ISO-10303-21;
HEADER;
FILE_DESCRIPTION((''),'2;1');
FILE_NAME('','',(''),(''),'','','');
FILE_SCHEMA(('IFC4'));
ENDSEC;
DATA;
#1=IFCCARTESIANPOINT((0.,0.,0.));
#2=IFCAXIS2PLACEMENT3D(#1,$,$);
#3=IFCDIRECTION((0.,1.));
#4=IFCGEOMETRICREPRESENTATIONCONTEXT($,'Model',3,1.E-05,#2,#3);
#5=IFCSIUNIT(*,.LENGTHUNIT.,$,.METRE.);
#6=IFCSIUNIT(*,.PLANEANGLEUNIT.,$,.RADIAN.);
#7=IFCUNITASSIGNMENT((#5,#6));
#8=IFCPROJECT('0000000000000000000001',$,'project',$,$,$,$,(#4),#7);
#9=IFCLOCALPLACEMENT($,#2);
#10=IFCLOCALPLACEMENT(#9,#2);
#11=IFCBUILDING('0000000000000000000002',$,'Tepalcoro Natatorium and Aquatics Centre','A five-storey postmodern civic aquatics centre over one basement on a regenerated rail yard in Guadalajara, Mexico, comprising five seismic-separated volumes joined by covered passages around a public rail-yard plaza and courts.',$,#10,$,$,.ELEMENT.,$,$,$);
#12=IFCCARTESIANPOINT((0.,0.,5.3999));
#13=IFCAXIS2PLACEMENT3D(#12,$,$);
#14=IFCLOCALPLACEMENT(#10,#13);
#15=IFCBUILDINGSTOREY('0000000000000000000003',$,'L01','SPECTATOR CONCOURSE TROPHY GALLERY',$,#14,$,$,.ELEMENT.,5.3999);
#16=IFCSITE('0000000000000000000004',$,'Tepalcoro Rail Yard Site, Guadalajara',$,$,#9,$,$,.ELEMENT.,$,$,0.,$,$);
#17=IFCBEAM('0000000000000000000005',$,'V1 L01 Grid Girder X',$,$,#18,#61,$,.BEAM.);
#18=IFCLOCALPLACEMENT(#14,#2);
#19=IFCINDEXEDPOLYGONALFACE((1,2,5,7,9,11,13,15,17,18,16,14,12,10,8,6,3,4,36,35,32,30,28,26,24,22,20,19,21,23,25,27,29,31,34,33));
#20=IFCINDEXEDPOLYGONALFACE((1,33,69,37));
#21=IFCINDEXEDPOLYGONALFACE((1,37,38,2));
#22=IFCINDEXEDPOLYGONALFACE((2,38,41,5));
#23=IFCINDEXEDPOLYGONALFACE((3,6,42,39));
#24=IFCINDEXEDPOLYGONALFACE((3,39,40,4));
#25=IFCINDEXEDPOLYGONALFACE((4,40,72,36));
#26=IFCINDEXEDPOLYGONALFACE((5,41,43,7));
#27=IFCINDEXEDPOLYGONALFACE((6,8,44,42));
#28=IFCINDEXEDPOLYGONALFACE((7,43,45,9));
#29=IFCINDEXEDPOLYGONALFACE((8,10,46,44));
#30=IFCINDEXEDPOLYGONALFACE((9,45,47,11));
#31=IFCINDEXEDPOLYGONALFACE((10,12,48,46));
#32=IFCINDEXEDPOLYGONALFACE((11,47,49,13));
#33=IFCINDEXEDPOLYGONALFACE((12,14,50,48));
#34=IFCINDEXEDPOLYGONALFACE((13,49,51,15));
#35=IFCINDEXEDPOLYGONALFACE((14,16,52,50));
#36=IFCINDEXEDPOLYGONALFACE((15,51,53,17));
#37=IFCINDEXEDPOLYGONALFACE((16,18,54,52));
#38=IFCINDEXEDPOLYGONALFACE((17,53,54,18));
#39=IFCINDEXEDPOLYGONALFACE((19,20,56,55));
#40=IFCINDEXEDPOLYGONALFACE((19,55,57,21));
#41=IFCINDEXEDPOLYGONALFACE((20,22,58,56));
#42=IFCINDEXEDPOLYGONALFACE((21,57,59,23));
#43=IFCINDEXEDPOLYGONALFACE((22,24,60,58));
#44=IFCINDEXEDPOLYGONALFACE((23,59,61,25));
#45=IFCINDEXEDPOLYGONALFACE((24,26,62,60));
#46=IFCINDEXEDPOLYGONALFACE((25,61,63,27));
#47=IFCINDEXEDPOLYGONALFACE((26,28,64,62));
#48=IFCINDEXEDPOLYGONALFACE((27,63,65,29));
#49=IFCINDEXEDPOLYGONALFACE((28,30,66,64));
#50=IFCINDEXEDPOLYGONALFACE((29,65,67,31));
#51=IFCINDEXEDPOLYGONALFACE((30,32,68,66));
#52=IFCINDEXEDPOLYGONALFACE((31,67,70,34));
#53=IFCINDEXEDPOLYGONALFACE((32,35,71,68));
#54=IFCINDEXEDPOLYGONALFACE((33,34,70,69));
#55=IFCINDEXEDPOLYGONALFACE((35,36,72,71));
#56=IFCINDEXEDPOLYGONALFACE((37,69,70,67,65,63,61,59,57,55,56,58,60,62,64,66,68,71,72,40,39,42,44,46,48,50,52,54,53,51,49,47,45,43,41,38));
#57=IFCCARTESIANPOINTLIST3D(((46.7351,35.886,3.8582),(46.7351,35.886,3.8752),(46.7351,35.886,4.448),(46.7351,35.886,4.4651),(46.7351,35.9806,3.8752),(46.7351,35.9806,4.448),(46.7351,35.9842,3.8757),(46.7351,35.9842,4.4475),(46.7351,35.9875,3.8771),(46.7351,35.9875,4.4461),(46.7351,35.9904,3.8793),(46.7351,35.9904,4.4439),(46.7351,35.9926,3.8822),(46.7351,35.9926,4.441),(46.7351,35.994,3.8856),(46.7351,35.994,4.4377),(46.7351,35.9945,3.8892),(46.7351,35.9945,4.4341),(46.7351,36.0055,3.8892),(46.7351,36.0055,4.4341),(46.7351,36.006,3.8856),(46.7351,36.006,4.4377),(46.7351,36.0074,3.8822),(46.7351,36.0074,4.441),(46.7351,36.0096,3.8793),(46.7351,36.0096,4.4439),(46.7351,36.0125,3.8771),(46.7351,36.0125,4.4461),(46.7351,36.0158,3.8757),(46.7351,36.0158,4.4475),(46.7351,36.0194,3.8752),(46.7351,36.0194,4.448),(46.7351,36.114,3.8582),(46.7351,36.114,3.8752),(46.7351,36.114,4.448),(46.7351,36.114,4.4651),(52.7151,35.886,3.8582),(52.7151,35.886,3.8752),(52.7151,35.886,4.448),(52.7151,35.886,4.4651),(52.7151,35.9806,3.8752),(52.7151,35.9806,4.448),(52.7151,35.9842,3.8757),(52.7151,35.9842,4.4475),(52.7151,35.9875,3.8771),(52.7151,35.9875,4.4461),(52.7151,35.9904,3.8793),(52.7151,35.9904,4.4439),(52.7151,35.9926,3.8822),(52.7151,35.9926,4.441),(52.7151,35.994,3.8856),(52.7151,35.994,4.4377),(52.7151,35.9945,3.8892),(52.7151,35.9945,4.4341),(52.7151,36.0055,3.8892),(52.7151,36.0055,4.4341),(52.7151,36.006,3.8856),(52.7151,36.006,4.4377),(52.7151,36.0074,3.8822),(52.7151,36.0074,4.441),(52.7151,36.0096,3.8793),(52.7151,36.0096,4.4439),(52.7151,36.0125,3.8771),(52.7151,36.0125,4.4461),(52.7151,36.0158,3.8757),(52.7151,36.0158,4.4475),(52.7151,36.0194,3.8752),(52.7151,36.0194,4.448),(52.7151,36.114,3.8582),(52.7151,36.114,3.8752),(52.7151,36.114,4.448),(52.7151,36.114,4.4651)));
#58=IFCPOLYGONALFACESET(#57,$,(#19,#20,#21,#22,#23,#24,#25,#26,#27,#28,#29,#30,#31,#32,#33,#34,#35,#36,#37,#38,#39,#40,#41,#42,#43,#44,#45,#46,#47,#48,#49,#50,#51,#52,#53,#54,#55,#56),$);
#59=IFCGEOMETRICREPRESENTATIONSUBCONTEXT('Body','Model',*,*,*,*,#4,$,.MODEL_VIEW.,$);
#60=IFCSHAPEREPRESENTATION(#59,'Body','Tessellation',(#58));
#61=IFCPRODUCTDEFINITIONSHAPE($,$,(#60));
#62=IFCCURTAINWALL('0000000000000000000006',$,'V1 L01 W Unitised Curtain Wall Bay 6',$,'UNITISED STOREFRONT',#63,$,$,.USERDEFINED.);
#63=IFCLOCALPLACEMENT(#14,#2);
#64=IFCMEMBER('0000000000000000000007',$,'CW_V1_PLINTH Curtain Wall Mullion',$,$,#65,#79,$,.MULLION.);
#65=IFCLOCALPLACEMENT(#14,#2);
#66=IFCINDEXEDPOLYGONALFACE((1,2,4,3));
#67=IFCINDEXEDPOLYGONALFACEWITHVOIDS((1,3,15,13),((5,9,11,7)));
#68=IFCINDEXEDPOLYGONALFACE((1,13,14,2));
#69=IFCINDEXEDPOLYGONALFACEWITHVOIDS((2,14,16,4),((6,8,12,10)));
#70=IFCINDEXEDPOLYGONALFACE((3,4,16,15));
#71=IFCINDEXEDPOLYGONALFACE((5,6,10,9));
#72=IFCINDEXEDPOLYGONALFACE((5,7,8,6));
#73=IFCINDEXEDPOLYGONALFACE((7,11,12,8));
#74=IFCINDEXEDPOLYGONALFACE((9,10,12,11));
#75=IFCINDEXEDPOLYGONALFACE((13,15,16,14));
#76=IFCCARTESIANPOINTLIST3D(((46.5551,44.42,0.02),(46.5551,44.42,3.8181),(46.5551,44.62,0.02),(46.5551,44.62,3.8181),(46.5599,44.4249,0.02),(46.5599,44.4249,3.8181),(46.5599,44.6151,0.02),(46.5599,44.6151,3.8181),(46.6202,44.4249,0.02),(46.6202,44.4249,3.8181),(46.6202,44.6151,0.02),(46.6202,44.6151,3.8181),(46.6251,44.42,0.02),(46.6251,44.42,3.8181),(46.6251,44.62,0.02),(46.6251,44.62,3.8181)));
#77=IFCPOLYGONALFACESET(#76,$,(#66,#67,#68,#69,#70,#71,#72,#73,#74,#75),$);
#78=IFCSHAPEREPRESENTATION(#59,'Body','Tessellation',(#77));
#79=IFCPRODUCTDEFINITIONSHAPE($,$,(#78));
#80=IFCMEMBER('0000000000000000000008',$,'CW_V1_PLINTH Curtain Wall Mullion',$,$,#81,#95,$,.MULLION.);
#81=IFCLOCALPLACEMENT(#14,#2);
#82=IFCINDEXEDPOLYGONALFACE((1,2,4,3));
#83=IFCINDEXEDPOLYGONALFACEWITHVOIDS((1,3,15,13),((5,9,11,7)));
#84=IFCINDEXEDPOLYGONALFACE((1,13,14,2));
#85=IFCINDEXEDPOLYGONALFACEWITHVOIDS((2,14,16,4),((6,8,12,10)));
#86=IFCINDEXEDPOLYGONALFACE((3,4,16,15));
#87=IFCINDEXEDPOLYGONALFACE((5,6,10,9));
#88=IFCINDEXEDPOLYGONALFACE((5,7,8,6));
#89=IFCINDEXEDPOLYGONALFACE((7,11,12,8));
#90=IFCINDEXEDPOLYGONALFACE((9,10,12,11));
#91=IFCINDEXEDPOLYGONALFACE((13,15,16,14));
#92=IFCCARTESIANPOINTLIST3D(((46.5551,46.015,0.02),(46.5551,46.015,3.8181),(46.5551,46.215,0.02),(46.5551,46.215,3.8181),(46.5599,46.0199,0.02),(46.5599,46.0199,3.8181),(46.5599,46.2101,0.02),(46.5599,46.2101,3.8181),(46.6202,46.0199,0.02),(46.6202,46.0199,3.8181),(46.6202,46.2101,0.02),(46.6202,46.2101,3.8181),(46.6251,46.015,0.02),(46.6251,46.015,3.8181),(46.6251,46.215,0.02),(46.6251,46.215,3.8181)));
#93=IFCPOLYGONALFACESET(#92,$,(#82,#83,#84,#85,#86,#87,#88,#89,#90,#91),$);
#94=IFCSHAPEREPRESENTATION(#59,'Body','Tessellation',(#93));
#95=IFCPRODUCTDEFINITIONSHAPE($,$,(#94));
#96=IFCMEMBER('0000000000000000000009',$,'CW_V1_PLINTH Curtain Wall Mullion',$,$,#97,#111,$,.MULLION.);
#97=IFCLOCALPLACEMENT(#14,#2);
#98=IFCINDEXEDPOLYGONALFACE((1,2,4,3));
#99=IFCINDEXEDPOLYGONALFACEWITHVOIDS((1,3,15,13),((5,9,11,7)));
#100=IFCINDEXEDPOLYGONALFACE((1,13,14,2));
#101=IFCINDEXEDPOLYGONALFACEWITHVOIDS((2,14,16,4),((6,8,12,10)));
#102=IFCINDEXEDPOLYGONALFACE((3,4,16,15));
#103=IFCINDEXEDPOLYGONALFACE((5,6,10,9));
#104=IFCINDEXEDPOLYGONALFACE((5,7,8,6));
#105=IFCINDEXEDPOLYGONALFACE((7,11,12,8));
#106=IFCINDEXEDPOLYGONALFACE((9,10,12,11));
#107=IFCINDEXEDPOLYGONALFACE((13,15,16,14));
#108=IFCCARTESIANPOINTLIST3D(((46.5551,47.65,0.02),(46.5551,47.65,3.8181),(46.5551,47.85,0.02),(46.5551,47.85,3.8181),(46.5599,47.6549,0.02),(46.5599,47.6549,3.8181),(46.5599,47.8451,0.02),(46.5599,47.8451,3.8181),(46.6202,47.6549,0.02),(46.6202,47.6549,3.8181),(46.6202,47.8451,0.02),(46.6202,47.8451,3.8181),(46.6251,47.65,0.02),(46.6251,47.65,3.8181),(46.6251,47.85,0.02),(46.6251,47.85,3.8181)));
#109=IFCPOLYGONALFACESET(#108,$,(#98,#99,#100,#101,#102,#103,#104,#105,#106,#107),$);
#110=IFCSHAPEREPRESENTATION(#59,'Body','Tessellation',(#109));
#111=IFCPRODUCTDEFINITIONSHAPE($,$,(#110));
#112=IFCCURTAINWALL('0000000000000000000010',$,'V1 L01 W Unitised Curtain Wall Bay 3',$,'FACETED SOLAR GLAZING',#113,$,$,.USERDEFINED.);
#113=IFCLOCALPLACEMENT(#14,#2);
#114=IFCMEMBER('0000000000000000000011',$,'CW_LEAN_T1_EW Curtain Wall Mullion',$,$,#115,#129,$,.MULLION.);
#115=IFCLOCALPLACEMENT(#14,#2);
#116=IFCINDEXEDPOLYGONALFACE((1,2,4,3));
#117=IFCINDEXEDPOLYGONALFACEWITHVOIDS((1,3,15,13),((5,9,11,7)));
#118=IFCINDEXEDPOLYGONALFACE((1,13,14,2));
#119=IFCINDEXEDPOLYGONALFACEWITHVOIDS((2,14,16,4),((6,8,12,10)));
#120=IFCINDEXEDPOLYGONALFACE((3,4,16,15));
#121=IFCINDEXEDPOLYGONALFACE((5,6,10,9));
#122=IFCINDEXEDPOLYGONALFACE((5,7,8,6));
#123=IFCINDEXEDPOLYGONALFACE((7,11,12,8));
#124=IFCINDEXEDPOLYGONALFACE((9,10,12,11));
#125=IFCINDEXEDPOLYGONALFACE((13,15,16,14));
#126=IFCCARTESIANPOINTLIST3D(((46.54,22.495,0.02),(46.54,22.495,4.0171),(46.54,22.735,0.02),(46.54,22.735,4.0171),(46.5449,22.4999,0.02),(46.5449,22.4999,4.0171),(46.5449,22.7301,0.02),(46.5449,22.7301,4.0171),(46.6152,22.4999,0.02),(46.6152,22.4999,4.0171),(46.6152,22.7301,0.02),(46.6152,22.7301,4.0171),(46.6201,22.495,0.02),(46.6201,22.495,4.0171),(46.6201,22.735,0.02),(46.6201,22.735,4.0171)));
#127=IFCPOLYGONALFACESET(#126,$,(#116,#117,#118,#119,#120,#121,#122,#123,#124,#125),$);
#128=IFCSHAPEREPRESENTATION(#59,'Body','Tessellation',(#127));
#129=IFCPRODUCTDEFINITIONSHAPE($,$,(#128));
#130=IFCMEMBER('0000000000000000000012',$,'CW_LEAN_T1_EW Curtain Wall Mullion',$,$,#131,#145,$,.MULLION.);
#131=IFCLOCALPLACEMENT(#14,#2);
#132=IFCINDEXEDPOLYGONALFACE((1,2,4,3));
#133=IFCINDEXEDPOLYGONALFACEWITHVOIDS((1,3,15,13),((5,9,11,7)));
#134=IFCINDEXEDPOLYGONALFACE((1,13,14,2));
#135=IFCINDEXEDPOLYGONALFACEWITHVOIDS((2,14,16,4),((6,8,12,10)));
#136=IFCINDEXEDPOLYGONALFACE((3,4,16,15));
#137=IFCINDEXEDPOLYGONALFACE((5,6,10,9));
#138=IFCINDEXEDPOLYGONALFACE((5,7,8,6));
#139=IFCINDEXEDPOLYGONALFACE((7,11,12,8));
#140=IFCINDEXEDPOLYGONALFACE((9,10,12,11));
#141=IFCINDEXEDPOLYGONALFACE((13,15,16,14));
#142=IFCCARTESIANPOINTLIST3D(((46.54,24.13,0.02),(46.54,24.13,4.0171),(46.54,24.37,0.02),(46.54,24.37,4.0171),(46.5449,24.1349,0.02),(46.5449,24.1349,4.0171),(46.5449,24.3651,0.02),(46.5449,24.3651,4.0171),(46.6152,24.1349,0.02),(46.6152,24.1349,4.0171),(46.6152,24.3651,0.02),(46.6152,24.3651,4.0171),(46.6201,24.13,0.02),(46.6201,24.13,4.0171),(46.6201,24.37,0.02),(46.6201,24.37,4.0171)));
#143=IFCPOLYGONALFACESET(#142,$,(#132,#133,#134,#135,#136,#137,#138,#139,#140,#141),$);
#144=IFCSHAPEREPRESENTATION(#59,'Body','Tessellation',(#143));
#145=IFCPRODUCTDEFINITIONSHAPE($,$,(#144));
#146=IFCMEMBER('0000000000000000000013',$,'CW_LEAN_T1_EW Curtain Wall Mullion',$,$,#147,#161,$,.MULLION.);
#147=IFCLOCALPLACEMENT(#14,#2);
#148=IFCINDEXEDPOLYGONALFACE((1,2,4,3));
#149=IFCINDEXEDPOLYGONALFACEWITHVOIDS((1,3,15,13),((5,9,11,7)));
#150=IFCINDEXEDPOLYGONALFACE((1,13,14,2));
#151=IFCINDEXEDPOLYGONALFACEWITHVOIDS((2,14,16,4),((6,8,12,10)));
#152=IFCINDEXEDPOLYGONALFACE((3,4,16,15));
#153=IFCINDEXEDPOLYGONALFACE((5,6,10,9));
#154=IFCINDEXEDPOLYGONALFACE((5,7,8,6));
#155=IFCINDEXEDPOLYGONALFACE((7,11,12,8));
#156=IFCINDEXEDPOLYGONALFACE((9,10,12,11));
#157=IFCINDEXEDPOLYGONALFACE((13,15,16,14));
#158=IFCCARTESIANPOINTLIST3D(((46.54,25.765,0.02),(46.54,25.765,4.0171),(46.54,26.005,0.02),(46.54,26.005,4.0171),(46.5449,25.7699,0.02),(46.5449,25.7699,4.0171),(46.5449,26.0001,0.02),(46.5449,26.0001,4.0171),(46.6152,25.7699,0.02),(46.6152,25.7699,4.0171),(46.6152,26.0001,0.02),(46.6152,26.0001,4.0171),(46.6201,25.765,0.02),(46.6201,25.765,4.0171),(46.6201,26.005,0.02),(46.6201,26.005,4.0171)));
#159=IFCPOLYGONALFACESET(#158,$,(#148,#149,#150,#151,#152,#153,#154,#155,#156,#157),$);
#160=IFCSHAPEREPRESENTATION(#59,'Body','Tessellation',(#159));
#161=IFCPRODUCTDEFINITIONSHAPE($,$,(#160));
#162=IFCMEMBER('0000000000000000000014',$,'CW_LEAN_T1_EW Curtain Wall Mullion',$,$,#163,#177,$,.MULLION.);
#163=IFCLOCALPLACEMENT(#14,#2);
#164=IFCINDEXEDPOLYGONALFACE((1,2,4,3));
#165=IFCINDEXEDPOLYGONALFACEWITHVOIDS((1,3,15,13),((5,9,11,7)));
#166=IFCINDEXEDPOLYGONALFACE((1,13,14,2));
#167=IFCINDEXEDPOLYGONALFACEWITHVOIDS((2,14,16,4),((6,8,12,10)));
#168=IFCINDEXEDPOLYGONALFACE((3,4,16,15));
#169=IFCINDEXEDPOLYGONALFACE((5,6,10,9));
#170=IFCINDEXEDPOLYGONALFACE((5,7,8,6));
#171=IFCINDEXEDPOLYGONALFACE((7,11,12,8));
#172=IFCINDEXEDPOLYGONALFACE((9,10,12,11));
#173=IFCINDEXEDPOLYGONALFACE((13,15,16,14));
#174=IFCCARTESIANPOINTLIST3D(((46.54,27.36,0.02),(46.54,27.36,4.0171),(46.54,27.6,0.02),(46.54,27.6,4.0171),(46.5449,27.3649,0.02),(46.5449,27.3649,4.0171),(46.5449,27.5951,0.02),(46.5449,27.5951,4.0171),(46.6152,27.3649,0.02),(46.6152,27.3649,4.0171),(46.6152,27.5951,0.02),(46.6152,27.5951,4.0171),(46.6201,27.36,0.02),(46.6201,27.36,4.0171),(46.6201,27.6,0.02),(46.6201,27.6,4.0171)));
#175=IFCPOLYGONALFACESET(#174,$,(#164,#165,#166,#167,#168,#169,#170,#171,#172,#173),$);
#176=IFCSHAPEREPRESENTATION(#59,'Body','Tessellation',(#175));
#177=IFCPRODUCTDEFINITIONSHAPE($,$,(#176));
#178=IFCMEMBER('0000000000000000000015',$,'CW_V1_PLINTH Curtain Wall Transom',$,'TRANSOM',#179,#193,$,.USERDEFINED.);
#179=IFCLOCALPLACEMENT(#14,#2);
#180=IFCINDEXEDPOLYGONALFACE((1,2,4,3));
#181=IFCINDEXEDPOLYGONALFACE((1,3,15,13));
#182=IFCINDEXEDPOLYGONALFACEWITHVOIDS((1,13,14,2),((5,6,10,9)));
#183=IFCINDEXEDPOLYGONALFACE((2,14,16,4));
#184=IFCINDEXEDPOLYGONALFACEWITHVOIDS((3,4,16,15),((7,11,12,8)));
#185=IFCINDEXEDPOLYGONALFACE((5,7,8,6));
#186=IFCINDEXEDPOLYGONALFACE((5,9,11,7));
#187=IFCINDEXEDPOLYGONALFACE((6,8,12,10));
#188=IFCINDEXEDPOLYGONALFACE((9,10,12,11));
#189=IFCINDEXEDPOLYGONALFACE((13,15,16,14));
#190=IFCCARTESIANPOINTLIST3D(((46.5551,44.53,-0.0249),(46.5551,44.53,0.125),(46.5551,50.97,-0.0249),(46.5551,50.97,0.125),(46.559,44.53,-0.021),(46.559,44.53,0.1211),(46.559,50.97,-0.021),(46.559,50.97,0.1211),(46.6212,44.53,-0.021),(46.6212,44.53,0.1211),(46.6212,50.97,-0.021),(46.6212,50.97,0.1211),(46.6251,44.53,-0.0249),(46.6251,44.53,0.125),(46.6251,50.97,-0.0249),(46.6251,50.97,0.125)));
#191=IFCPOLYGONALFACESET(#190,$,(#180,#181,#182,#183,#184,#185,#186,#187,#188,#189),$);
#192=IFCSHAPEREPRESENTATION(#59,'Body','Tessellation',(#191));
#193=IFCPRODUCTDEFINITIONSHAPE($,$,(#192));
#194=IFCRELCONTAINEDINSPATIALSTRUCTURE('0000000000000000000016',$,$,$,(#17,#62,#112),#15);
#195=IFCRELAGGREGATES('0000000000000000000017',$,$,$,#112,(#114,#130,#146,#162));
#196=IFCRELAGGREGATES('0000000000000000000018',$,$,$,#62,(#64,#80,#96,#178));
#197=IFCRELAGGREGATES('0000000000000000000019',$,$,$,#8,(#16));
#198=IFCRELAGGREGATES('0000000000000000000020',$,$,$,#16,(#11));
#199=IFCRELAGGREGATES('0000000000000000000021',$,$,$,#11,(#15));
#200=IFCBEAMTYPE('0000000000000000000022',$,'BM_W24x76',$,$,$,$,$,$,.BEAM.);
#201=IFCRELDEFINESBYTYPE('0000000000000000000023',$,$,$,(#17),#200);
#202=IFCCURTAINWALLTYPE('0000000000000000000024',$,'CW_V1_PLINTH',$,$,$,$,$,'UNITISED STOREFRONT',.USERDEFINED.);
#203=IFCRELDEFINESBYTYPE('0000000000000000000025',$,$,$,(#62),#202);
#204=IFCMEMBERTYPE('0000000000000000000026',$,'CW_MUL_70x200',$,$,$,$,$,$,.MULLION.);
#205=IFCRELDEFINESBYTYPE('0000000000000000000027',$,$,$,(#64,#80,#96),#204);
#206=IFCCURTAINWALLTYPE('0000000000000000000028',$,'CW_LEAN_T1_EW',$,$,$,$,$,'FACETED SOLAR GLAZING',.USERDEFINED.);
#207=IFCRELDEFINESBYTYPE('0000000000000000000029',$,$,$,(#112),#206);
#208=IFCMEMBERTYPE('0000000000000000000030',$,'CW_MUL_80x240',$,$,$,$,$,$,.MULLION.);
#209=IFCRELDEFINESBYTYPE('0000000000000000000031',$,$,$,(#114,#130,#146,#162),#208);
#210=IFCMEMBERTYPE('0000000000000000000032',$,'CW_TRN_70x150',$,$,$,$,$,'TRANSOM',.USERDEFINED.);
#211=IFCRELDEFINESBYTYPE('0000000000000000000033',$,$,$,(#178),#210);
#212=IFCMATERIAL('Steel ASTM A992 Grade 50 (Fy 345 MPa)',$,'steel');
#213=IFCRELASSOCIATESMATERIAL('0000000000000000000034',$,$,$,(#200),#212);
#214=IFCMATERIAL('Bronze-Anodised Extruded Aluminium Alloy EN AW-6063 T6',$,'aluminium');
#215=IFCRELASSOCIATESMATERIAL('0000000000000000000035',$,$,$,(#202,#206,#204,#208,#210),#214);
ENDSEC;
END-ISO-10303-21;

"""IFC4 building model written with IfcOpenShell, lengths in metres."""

from ifc_helpers import new_model, si_unit, direction, frame, origin, origin_2d, place, context, subcontext, project, spatial, hollow_rectangle, i_section, extrude, material, material_profile, profile_set, type_object, element, aggregate, save


model = new_model("IFC4")

# Units and contexts
model_context = context("Model", 3, precision=1e-05, world=origin(), true_north=direction((0.0, 1.0)))
body_context = subcontext(model_context, "Body", "Model", "MODEL_VIEW")
ifc_project = project(units=[si_unit("LENGTHUNIT", "METRE"), si_unit("PLANEANGLEUNIT", "RADIAN")], contexts=[model_context])

# Site, building, storey
site_placement = place(None, origin())
site = spatial("IfcSite", under=ifc_project, at=site_placement, Name="Tepalcoro Rail Yard Site, Guadalajara", CompositionType="ELEMENT", RefElevation=0.0)
building_placement = place(site_placement, origin())
building = spatial("IfcBuilding", under=site, at=building_placement, Name="Tepalcoro Natatorium and Aquatics Centre", Description="A five-storey postmodern civic aquatics centre over one basement on a regenerated rail yard in Guadalajara, Mexico, comprising five seismic-separated volumes joined by covered passages around a public rail-yard plaza and courts.", CompositionType="ELEMENT")
storey_placement = place(building_placement, frame((0.0, 0.0, 5.3999)))
storey = spatial("IfcBuildingStorey", under=building, at=storey_placement, Name="L01", Description="SPECTATOR CONCOURSE TROPHY GALLERY", CompositionType="ELEMENT", Elevation=5.3999)

# Beam
ifc_material_1 = material(Name="Steel ASTM A992 Grade 50 (Fy 345 MPa)", Category="steel")
ifc_material_profile_1 = material_profile(ifc_material_1, i_section(OverallWidth=0.228, OverallDepth=0.6069, WebThickness=0.011, FlangeThickness=0.0171, FilletRadius=0.0139, at=origin_2d()), Name="W24X76")
ifc_profile_set_1 = profile_set([ifc_material_profile_1], Name="Steel ASTM A992 Grade 50 (Fy 345 MPa)")
beam_type = type_object("IfcBeamType", Name="BM_W24x76", PredefinedType="BEAM", material=ifc_profile_set_1)
beam_placement = place(storey_placement, frame((46.7351, 36.0, 4.1616), z_axis=(1.0, 0.0, 0.0), x_axis=(0.0, 1.0, 0.0)))
element("IfcBeam", 1, at=beam_placement, inside=storey, type_object=beam_type, Name="V1 L01 Grid Girder X", PredefinedType="BEAM", context=body_context, shape_type="SweptSolid", body=[
    extrude(i_section(OverallWidth=0.228, OverallDepth=0.6069, WebThickness=0.011, FlangeThickness=0.0171, FilletRadius=0.0139, at=origin_2d()), origin(), (0.0, 0.0, 1.0), 5.98),
])

# Curtain walls, members
ifc_material_2 = material(Name="Bronze-Anodised Extruded Aluminium Alloy EN AW-6063 T6", Category="aluminium")
curtain_wall_type_1 = type_object("IfcCurtainWallType", Name="CW_V1_PLINTH", ElementType="UNITISED STOREFRONT", PredefinedType="USERDEFINED", material=ifc_material_2)
curtain_wall_1_placement = place(storey_placement, origin())
curtain_wall_1 = element("IfcCurtainWall", 2, at=curtain_wall_1_placement, inside=storey, type_object=curtain_wall_type_1, Name="V1 L01 W Unitised Curtain Wall Bay 6", ObjectType="UNITISED STOREFRONT", PredefinedType="USERDEFINED")
ifc_material_profile_2 = material_profile(ifc_material_2, hollow_rectangle(XDim=0.0701, YDim=0.2, WallThickness=0.0049, at=origin_2d()), Name="AL70X200X5")
ifc_profile_set_2 = profile_set([ifc_material_profile_2], Name="Bronze-Anodised Extruded Aluminium Alloy EN AW-6063 T6")
member_type_1 = type_object("IfcMemberType", Name="CW_MUL_70x200", PredefinedType="MULLION", material=ifc_profile_set_2)
member_1_placement = place(storey_placement, frame((46.5901, 44.52, 0.02), z_axis=(0.0, 0.0, 1.0), x_axis=(1.0, 0.0, 0.0)))
member_1 = element("IfcMember", 3, at=member_1_placement, type_object=member_type_1, Name="CW_V1_PLINTH Curtain Wall Mullion", PredefinedType="MULLION", context=body_context, shape_type="SweptSolid", body=[
    extrude(hollow_rectangle(XDim=0.0701, YDim=0.2, WallThickness=0.0049, at=origin_2d()), origin(), (0.0, 0.0, 1.0), 3.7981),
])
member_2_placement = place(storey_placement, frame((46.5901, 46.115, 0.02), z_axis=(0.0, 0.0, 1.0), x_axis=(1.0, 0.0, 0.0)))
member_2 = element("IfcMember", 4, at=member_2_placement, type_object=member_type_1, Name="CW_V1_PLINTH Curtain Wall Mullion", PredefinedType="MULLION", context=body_context, shape_type="SweptSolid", body=[
    extrude(hollow_rectangle(XDim=0.0701, YDim=0.2, WallThickness=0.0049, at=origin_2d()), origin(), (0.0, 0.0, 1.0), 3.7981),
])
member_3_placement = place(storey_placement, frame((46.5901, 47.75, 0.02), z_axis=(0.0, 0.0, 1.0), x_axis=(1.0, 0.0, 0.0)))
member_3 = element("IfcMember", 5, at=member_3_placement, type_object=member_type_1, Name="CW_V1_PLINTH Curtain Wall Mullion", PredefinedType="MULLION", context=body_context, shape_type="SweptSolid", body=[
    extrude(hollow_rectangle(XDim=0.0701, YDim=0.2, WallThickness=0.0049, at=origin_2d()), origin(), (0.0, 0.0, 1.0), 3.7981),
])
curtain_wall_type_2 = type_object("IfcCurtainWallType", Name="CW_LEAN_T1_EW", ElementType="FACETED SOLAR GLAZING", PredefinedType="USERDEFINED", material=ifc_material_2)
curtain_wall_2_placement = place(storey_placement, origin())
curtain_wall_2 = element("IfcCurtainWall", 6, at=curtain_wall_2_placement, inside=storey, type_object=curtain_wall_type_2, Name="V1 L01 W Unitised Curtain Wall Bay 3", ObjectType="FACETED SOLAR GLAZING", PredefinedType="USERDEFINED")
ifc_material_profile_3 = material_profile(ifc_material_2, hollow_rectangle(XDim=0.0801, YDim=0.24, WallThickness=0.0049, at=origin_2d()), Name="AL80X240X5")
ifc_profile_set_3 = profile_set([ifc_material_profile_3], Name="Bronze-Anodised Extruded Aluminium Alloy EN AW-6063 T6")
member_type_2 = type_object("IfcMemberType", Name="CW_MUL_80x240", PredefinedType="MULLION", material=ifc_profile_set_3)
member_4_placement = place(storey_placement, frame((46.5801, 22.615, 0.02), z_axis=(0.0, 0.0, 1.0), x_axis=(1.0, 0.0, 0.0)))
member_4 = element("IfcMember", 7, at=member_4_placement, type_object=member_type_2, Name="CW_LEAN_T1_EW Curtain Wall Mullion", PredefinedType="MULLION", context=body_context, shape_type="SweptSolid", body=[
    extrude(hollow_rectangle(XDim=0.0801, YDim=0.24, WallThickness=0.0049, at=origin_2d()), origin(), (0.0, 0.0, 1.0), 3.9971),
])
member_5_placement = place(storey_placement, frame((46.5801, 24.25, 0.02), z_axis=(0.0, 0.0, 1.0), x_axis=(1.0, 0.0, 0.0)))
member_5 = element("IfcMember", 8, at=member_5_placement, type_object=member_type_2, Name="CW_LEAN_T1_EW Curtain Wall Mullion", PredefinedType="MULLION", context=body_context, shape_type="SweptSolid", body=[
    extrude(hollow_rectangle(XDim=0.0801, YDim=0.24, WallThickness=0.0049, at=origin_2d()), origin(), (0.0, 0.0, 1.0), 3.9971),
])
member_6_placement = place(storey_placement, frame((46.5801, 25.885, 0.02), z_axis=(0.0, 0.0, 1.0), x_axis=(1.0, 0.0, 0.0)))
member_6 = element("IfcMember", 9, at=member_6_placement, type_object=member_type_2, Name="CW_LEAN_T1_EW Curtain Wall Mullion", PredefinedType="MULLION", context=body_context, shape_type="SweptSolid", body=[
    extrude(hollow_rectangle(XDim=0.0801, YDim=0.24, WallThickness=0.0049, at=origin_2d()), origin(), (0.0, 0.0, 1.0), 3.9971),
])
member_7_placement = place(storey_placement, frame((46.5801, 27.48, 0.02), z_axis=(0.0, 0.0, 1.0), x_axis=(1.0, 0.0, 0.0)))
member_7 = element("IfcMember", 10, at=member_7_placement, type_object=member_type_2, Name="CW_LEAN_T1_EW Curtain Wall Mullion", PredefinedType="MULLION", context=body_context, shape_type="SweptSolid", body=[
    extrude(hollow_rectangle(XDim=0.0801, YDim=0.24, WallThickness=0.0049, at=origin_2d()), origin(), (0.0, 0.0, 1.0), 3.9971),
])

# Member
ifc_material_profile_4 = material_profile(ifc_material_2, hollow_rectangle(XDim=0.0701, YDim=0.1499, WallThickness=0.0039, at=origin_2d()), Name="AL70X150X4")
ifc_profile_set_4 = profile_set([ifc_material_profile_4], Name="Bronze-Anodised Extruded Aluminium Alloy EN AW-6063 T6")
member_type_3 = type_object("IfcMemberType", Name="CW_TRN_70x150", ElementType="TRANSOM", PredefinedType="USERDEFINED", material=ifc_profile_set_4)
member_8_placement = place(storey_placement, frame((46.5901, 44.53, 0.05), z_axis=(0.0, 1.0, 0.0), x_axis=(-1.0, 0.0, 0.0)))
member_8 = element("IfcMember", 11, at=member_8_placement, type_object=member_type_3, Name="CW_V1_PLINTH Curtain Wall Transom", ObjectType="TRANSOM", PredefinedType="USERDEFINED", context=body_context, shape_type="SweptSolid", body=[
    extrude(hollow_rectangle(XDim=0.0701, YDim=0.1499, WallThickness=0.0039, at=origin_2d()), origin(), (0.0, 0.0, 1.0), 6.4399),
])

aggregate(curtain_wall_2, [member_4, member_5, member_6, member_7])
aggregate(curtain_wall_1, [member_1, member_2, member_3, member_8])

save(model, "model.ifc")
